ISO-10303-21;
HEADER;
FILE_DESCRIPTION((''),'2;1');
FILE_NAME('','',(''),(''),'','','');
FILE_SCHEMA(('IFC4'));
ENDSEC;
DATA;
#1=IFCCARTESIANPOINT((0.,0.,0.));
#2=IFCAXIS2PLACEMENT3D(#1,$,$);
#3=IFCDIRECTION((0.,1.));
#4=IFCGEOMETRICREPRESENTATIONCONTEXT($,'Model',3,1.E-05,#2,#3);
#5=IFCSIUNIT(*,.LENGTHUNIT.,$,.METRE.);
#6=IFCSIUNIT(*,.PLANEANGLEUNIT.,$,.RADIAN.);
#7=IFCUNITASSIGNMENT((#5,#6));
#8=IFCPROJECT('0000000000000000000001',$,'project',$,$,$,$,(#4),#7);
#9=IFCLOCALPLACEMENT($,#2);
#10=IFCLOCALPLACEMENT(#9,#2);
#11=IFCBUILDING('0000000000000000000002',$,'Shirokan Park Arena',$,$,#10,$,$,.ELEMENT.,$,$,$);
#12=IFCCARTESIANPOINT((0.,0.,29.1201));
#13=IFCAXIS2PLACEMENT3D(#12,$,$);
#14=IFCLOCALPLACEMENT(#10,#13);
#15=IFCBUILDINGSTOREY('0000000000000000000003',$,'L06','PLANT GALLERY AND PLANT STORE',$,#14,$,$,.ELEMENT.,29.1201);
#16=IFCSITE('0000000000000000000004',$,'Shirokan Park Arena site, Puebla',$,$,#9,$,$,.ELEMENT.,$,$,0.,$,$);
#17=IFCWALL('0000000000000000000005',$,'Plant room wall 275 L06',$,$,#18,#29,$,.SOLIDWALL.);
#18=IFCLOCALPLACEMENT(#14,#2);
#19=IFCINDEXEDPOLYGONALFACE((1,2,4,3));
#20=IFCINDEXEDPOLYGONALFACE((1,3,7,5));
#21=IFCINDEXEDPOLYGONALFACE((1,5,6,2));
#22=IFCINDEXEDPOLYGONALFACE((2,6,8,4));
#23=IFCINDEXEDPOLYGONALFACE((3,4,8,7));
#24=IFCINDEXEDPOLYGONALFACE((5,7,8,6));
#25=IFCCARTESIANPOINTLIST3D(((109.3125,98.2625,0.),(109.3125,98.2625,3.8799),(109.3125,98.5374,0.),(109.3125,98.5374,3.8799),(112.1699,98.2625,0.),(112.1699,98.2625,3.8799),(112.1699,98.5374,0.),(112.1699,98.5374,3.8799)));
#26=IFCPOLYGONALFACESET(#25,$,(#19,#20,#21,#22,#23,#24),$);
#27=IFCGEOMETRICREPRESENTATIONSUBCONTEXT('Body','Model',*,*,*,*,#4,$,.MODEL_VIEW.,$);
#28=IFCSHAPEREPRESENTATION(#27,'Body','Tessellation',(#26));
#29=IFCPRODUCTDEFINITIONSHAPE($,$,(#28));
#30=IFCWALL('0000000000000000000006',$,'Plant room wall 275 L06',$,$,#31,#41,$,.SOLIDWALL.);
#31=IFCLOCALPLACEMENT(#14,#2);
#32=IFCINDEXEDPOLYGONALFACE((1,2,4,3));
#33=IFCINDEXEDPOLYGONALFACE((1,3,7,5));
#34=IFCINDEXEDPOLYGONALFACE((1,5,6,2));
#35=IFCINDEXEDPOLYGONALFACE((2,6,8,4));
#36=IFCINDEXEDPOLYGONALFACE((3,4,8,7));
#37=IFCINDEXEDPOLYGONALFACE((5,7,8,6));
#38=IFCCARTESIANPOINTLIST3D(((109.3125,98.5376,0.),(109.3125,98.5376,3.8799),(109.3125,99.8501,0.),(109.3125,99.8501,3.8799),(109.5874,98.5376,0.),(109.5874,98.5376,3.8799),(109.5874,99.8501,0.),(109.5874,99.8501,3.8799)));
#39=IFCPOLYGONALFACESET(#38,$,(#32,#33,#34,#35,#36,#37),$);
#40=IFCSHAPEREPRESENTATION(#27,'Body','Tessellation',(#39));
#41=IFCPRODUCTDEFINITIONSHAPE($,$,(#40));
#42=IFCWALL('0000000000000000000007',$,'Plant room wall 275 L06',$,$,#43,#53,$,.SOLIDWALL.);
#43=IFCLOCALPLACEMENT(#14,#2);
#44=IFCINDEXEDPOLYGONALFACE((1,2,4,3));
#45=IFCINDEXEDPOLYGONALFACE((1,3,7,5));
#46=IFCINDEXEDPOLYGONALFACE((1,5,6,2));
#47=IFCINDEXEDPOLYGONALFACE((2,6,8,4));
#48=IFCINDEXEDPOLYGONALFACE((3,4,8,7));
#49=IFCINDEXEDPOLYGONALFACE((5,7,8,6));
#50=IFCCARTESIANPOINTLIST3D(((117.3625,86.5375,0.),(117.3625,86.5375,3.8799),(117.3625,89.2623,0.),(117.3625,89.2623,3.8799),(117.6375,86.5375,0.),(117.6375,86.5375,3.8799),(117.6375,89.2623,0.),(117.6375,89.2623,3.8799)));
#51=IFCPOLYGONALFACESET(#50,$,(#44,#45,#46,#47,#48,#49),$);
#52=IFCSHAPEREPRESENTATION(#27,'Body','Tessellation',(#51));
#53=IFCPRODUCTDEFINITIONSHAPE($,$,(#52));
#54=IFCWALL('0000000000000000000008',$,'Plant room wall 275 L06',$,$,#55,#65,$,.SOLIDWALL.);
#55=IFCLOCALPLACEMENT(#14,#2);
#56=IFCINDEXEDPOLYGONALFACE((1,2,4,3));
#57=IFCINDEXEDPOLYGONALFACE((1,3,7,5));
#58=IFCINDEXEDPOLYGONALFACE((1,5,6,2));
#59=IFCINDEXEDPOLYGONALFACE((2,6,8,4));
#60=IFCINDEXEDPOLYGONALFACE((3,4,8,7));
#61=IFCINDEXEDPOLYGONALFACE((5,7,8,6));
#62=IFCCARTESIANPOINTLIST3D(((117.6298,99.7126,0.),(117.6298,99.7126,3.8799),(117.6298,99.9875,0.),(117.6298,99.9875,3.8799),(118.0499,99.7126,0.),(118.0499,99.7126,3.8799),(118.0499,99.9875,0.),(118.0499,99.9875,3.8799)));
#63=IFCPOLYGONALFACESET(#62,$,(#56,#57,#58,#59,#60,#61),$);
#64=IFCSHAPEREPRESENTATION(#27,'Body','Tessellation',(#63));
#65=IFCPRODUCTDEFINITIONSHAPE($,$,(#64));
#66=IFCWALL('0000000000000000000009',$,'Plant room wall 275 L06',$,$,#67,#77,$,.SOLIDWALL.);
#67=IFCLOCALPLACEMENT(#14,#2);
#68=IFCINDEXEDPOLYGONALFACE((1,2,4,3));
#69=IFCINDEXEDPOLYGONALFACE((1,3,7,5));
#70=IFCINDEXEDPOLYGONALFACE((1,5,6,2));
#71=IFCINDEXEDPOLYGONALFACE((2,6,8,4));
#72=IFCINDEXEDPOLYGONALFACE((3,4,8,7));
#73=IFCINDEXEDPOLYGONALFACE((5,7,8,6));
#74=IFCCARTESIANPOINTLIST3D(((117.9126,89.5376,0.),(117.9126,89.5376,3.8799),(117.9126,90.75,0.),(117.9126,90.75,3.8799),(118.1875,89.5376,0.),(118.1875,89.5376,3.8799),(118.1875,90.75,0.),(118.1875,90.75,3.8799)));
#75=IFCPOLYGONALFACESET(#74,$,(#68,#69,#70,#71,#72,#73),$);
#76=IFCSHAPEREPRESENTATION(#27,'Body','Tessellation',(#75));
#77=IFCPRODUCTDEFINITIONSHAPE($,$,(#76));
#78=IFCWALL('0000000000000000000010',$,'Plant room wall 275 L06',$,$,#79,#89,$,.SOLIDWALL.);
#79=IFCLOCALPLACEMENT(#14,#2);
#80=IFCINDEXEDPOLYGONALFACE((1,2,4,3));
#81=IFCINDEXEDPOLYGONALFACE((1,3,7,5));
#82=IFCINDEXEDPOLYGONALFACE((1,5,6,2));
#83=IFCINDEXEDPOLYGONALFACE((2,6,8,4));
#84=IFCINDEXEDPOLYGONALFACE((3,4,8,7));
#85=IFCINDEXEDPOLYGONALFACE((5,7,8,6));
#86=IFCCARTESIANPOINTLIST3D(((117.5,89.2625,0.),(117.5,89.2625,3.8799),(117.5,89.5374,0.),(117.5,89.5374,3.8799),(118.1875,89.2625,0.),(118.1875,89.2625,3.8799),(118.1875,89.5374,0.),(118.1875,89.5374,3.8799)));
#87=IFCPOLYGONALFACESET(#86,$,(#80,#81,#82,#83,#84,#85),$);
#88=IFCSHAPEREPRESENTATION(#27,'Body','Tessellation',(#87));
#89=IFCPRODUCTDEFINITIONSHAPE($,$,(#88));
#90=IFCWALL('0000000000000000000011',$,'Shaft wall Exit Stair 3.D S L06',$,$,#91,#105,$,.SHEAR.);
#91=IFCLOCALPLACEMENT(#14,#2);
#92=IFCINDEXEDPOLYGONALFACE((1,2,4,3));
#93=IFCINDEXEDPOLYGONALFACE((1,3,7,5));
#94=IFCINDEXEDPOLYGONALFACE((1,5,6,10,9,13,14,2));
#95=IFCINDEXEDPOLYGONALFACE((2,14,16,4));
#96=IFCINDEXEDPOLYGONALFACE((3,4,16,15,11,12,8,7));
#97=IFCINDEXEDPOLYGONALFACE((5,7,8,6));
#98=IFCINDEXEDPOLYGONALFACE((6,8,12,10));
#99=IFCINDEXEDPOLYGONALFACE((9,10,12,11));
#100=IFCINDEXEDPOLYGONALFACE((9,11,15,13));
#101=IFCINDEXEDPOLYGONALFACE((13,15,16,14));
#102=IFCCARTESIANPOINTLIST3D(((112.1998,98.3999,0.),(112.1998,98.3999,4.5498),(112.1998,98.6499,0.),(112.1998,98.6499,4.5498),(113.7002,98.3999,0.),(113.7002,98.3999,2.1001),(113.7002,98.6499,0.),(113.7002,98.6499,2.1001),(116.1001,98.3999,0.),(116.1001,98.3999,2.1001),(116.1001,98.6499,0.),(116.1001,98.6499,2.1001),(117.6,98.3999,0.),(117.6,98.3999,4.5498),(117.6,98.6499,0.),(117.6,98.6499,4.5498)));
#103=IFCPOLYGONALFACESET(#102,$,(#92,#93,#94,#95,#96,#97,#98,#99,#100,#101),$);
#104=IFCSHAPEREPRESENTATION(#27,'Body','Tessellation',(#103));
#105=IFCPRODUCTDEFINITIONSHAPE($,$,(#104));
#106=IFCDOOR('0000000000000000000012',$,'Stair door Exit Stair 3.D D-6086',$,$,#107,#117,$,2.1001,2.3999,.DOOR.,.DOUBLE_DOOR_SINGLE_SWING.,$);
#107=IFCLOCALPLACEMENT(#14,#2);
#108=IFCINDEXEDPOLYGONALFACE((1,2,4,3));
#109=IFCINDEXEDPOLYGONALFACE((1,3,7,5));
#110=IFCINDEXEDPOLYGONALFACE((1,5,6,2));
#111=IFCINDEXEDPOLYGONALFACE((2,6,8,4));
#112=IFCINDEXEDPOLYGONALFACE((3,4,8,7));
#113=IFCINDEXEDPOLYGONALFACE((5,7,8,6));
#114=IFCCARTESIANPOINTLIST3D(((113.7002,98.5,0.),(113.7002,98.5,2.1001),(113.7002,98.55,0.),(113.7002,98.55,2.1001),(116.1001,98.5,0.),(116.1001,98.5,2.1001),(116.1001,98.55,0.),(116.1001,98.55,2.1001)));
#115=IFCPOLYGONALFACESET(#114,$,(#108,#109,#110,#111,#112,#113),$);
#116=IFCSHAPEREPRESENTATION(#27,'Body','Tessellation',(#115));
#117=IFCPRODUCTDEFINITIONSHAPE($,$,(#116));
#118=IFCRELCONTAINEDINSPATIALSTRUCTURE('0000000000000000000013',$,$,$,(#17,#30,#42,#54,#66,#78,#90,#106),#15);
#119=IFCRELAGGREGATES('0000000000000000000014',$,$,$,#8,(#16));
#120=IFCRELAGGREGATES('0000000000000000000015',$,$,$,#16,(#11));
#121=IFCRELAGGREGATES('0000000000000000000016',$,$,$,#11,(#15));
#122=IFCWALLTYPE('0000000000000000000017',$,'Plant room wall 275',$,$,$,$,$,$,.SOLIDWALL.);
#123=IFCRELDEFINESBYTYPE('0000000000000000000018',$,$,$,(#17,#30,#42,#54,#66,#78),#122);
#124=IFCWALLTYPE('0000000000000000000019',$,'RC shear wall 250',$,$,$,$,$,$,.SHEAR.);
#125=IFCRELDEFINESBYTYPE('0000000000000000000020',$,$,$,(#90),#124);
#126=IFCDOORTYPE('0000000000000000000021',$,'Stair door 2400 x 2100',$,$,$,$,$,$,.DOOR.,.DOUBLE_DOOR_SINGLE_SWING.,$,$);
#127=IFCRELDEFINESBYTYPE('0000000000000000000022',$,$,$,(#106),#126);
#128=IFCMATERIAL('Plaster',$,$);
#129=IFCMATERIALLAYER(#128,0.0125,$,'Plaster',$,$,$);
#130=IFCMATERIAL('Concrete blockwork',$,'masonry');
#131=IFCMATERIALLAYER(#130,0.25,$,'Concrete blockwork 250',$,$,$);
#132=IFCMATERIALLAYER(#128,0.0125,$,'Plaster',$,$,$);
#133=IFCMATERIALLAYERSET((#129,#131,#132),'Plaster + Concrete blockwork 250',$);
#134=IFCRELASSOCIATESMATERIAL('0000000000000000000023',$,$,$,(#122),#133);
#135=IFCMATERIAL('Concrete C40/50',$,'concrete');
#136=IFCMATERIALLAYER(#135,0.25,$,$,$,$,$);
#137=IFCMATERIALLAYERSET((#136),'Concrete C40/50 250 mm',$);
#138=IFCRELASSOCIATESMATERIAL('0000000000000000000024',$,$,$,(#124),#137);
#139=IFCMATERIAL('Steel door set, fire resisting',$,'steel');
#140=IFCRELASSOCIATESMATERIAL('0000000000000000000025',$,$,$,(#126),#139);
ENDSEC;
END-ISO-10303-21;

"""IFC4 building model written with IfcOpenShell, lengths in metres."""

from ifc_helpers import new_model, si_unit, direction, frame, frame_2d, origin, place, context, subcontext, project, spatial, rectangle, extrude, material, layer, layer_set, type_object, element, fill, save


model = new_model("IFC4")

# Units and contexts
model_context = context("Model", 3, precision=1e-05, world=origin(), true_north=direction((0.0, 1.0)))
body_context = subcontext(model_context, "Body", "Model", "MODEL_VIEW")
ifc_project = project(units=[si_unit("LENGTHUNIT", "METRE"), si_unit("PLANEANGLEUNIT", "RADIAN")], contexts=[model_context])

# Site, building, storey
site_placement = place(None, origin())
site = spatial("IfcSite", under=ifc_project, at=site_placement, Name="Shirokan Park Arena site, Puebla", CompositionType="ELEMENT", RefElevation=0.0)
building_placement = place(site_placement, origin())
building = spatial("IfcBuilding", under=site, at=building_placement, Name="Shirokan Park Arena", CompositionType="ELEMENT")
storey_placement = place(building_placement, frame((0.0, 0.0, 29.1201)))
storey = spatial("IfcBuildingStorey", under=building, at=storey_placement, Name="L06", Description="PLANT GALLERY AND PLANT STORE", CompositionType="ELEMENT", Elevation=29.1201)

# Walls
ifc_material_1 = material(Name="Plaster")
ifc_layer_1 = layer(ifc_material_1, 0.0125, Name="Plaster")
ifc_material_2 = material(Name="Concrete blockwork", Category="masonry")
ifc_layer_2 = layer(ifc_material_2, 0.25, Name="Concrete blockwork 250")
ifc_layer_3 = layer(ifc_material_1, 0.0125, Name="Plaster")
ifc_layer_set_1 = layer_set([ifc_layer_1, ifc_layer_2, ifc_layer_3], Name="Plaster + Concrete blockwork 250")
wall_type_1 = type_object("IfcWallType", Name="Plant room wall 275", PredefinedType="SOLIDWALL", material=ifc_layer_set_1)
wall_1_placement = place(storey_placement, frame((109.3125, 98.3999, 0.0), z_axis=(0.0, 0.0, 1.0), x_axis=(1.0, 0.0, 0.0)))
element("IfcWall", 1, at=wall_1_placement, inside=storey, type_object=wall_type_1, Name="Plant room wall 275 L06", PredefinedType="SOLIDWALL", context=body_context, shape_type="SweptSolid", body=[
    extrude(rectangle(XDim=2.8574, YDim=0.2749, at=frame_2d((1.4287, 0.0))), origin(), (0.0, 0.0, 1.0), 3.8799),
])
wall_2_placement = place(storey_placement, frame((109.45, 99.8501, 0.0), z_axis=(0.0, 0.0, 1.0), x_axis=(0.0, -1.0, 0.0)))
element("IfcWall", 2, at=wall_2_placement, inside=storey, type_object=wall_type_1, Name="Plant room wall 275 L06", PredefinedType="SOLIDWALL", context=body_context, shape_type="SweptSolid", body=[
    extrude(rectangle(XDim=1.3125, YDim=0.2749, at=frame_2d((0.6562, 0.0))), origin(), (0.0, 0.0, 1.0), 3.8799),
])
wall_3_placement = place(storey_placement, frame((117.5, 86.5376, 0.0), z_axis=(0.0, 0.0, 1.0), x_axis=(0.0, 1.0, 0.0)))
element("IfcWall", 3, at=wall_3_placement, inside=storey, type_object=wall_type_1, Name="Plant room wall 275 L06", PredefinedType="SOLIDWALL", context=body_context, shape_type="SweptSolid", body=[
    extrude(rectangle(XDim=2.7249, YDim=0.2749, at=frame_2d((1.3623, 0.0))), origin(), (0.0, 0.0, 1.0), 3.8799),
])

# Walls
wall_4_placement = place(storey_placement, frame((117.6299, 99.8501, 0.0), z_axis=(0.0, 0.0, 1.0), x_axis=(1.0, 0.0, 0.0)))
element("IfcWall", 4, at=wall_4_placement, inside=storey, type_object=wall_type_1, Name="Plant room wall 275 L06", PredefinedType="SOLIDWALL", context=body_context, shape_type="SweptSolid", body=[
    extrude(rectangle(XDim=0.4202, YDim=0.2749, at=frame_2d((0.21, 0.0))), origin(), (0.0, 0.0, 1.0), 3.8799),
])
wall_5_placement = place(storey_placement, frame((118.05, 90.75, 0.0), z_axis=(0.0, 0.0, 1.0), x_axis=(0.0, -1.0, 0.0)))
element("IfcWall", 5, at=wall_5_placement, inside=storey, type_object=wall_type_1, Name="Plant room wall 275 L06", PredefinedType="SOLIDWALL", context=body_context, shape_type="SweptSolid", body=[
    extrude(rectangle(XDim=1.2124, YDim=0.2749, at=frame_2d((0.6062, 0.0))), origin(), (0.0, 0.0, 1.0), 3.8799),
])
wall_6_placement = place(storey_placement, frame((118.1875, 89.3999, 0.0), z_axis=(0.0, 0.0, 1.0), x_axis=(-1.0, 0.0, 0.0)))
element("IfcWall", 6, at=wall_6_placement, inside=storey, type_object=wall_type_1, Name="Plant room wall 275 L06", PredefinedType="SOLIDWALL", context=body_context, shape_type="SweptSolid", body=[
    extrude(rectangle(XDim=0.6875, YDim=0.2749, at=frame_2d((0.3438, 0.0))), origin(), (0.0, 0.0, 1.0), 3.8799),
])

# Wall, opening, door
ifc_material_3 = material(Name="Concrete C40/50", Category="concrete")
ifc_layer_4 = layer(ifc_material_3, 0.25)
ifc_layer_set_2 = layer_set([ifc_layer_4], Name="Concrete C40/50 250 mm")
wall_type_2 = type_object("IfcWallType", Name="RC shear wall 250", PredefinedType="SHEAR", material=ifc_layer_set_2)
wall_7_placement = place(storey_placement, frame((117.6001, 98.5249, 0.0), z_axis=(0.0, 0.0, 1.0), x_axis=(-1.0, 0.0, 0.0)))
wall_7 = element("IfcWall", 7, at=wall_7_placement, inside=storey, type_object=wall_type_2, Name="Shaft wall Exit Stair 3.D S L06", PredefinedType="SHEAR", context=body_context, shape_type="SweptSolid", body=[
    extrude(rectangle(XDim=5.4001, YDim=0.25, at=frame_2d((2.7002, 0.0))), origin(), (0.0, 0.0, 1.0), 4.5498),
])
opening_1_placement = place(wall_7_placement, frame((1.5, 0.0, 0.0)))
opening_1 = element("IfcOpeningElement", 8, at=opening_1_placement, cuts=wall_7, PredefinedType="OPENING", context=body_context, shape_type="SweptSolid", body=[
    extrude(rectangle(XDim=2.3999, YDim=2.1001, at=frame_2d((1.2, 1.05))), frame((0.0, 0.135, 0.0), z_axis=(0.0, -1.0, 0.0), x_axis=(1.0, 0.0, 0.0)), (0.0, 0.0, 1.0), 0.27),
])
ifc_material_4 = material(Name="Steel door set, fire resisting", Category="steel")
door_type_1 = type_object("IfcDoorType", Name="Stair door 2400 x 2100", OperationType="DOUBLE_DOOR_SINGLE_SWING", PredefinedType="DOOR", material=ifc_material_4)
door_1_placement = place(opening_1_placement, origin())
door_1 = element("IfcDoor", 9, at=door_1_placement, inside=storey, type_object=door_type_1, Name="Stair door Exit Stair 3.D D-6086", OperationType="DOUBLE_DOOR_SINGLE_SWING", OverallHeight=2.1001, OverallWidth=2.3999, PredefinedType="DOOR", context=body_context, shape_type="SweptSolid", body=[
    extrude(rectangle(XDim=2.3999, YDim=2.1001, at=frame_2d((1.2, 1.05))), frame((0.0, 0.0249, 0.0), z_axis=(0.0, -1.0, 0.0), x_axis=(1.0, 0.0, 0.0)), (0.0, 0.0, 1.0), 0.05),
])
fill(opening_1, door_1)

save(model, "model.ifc")
